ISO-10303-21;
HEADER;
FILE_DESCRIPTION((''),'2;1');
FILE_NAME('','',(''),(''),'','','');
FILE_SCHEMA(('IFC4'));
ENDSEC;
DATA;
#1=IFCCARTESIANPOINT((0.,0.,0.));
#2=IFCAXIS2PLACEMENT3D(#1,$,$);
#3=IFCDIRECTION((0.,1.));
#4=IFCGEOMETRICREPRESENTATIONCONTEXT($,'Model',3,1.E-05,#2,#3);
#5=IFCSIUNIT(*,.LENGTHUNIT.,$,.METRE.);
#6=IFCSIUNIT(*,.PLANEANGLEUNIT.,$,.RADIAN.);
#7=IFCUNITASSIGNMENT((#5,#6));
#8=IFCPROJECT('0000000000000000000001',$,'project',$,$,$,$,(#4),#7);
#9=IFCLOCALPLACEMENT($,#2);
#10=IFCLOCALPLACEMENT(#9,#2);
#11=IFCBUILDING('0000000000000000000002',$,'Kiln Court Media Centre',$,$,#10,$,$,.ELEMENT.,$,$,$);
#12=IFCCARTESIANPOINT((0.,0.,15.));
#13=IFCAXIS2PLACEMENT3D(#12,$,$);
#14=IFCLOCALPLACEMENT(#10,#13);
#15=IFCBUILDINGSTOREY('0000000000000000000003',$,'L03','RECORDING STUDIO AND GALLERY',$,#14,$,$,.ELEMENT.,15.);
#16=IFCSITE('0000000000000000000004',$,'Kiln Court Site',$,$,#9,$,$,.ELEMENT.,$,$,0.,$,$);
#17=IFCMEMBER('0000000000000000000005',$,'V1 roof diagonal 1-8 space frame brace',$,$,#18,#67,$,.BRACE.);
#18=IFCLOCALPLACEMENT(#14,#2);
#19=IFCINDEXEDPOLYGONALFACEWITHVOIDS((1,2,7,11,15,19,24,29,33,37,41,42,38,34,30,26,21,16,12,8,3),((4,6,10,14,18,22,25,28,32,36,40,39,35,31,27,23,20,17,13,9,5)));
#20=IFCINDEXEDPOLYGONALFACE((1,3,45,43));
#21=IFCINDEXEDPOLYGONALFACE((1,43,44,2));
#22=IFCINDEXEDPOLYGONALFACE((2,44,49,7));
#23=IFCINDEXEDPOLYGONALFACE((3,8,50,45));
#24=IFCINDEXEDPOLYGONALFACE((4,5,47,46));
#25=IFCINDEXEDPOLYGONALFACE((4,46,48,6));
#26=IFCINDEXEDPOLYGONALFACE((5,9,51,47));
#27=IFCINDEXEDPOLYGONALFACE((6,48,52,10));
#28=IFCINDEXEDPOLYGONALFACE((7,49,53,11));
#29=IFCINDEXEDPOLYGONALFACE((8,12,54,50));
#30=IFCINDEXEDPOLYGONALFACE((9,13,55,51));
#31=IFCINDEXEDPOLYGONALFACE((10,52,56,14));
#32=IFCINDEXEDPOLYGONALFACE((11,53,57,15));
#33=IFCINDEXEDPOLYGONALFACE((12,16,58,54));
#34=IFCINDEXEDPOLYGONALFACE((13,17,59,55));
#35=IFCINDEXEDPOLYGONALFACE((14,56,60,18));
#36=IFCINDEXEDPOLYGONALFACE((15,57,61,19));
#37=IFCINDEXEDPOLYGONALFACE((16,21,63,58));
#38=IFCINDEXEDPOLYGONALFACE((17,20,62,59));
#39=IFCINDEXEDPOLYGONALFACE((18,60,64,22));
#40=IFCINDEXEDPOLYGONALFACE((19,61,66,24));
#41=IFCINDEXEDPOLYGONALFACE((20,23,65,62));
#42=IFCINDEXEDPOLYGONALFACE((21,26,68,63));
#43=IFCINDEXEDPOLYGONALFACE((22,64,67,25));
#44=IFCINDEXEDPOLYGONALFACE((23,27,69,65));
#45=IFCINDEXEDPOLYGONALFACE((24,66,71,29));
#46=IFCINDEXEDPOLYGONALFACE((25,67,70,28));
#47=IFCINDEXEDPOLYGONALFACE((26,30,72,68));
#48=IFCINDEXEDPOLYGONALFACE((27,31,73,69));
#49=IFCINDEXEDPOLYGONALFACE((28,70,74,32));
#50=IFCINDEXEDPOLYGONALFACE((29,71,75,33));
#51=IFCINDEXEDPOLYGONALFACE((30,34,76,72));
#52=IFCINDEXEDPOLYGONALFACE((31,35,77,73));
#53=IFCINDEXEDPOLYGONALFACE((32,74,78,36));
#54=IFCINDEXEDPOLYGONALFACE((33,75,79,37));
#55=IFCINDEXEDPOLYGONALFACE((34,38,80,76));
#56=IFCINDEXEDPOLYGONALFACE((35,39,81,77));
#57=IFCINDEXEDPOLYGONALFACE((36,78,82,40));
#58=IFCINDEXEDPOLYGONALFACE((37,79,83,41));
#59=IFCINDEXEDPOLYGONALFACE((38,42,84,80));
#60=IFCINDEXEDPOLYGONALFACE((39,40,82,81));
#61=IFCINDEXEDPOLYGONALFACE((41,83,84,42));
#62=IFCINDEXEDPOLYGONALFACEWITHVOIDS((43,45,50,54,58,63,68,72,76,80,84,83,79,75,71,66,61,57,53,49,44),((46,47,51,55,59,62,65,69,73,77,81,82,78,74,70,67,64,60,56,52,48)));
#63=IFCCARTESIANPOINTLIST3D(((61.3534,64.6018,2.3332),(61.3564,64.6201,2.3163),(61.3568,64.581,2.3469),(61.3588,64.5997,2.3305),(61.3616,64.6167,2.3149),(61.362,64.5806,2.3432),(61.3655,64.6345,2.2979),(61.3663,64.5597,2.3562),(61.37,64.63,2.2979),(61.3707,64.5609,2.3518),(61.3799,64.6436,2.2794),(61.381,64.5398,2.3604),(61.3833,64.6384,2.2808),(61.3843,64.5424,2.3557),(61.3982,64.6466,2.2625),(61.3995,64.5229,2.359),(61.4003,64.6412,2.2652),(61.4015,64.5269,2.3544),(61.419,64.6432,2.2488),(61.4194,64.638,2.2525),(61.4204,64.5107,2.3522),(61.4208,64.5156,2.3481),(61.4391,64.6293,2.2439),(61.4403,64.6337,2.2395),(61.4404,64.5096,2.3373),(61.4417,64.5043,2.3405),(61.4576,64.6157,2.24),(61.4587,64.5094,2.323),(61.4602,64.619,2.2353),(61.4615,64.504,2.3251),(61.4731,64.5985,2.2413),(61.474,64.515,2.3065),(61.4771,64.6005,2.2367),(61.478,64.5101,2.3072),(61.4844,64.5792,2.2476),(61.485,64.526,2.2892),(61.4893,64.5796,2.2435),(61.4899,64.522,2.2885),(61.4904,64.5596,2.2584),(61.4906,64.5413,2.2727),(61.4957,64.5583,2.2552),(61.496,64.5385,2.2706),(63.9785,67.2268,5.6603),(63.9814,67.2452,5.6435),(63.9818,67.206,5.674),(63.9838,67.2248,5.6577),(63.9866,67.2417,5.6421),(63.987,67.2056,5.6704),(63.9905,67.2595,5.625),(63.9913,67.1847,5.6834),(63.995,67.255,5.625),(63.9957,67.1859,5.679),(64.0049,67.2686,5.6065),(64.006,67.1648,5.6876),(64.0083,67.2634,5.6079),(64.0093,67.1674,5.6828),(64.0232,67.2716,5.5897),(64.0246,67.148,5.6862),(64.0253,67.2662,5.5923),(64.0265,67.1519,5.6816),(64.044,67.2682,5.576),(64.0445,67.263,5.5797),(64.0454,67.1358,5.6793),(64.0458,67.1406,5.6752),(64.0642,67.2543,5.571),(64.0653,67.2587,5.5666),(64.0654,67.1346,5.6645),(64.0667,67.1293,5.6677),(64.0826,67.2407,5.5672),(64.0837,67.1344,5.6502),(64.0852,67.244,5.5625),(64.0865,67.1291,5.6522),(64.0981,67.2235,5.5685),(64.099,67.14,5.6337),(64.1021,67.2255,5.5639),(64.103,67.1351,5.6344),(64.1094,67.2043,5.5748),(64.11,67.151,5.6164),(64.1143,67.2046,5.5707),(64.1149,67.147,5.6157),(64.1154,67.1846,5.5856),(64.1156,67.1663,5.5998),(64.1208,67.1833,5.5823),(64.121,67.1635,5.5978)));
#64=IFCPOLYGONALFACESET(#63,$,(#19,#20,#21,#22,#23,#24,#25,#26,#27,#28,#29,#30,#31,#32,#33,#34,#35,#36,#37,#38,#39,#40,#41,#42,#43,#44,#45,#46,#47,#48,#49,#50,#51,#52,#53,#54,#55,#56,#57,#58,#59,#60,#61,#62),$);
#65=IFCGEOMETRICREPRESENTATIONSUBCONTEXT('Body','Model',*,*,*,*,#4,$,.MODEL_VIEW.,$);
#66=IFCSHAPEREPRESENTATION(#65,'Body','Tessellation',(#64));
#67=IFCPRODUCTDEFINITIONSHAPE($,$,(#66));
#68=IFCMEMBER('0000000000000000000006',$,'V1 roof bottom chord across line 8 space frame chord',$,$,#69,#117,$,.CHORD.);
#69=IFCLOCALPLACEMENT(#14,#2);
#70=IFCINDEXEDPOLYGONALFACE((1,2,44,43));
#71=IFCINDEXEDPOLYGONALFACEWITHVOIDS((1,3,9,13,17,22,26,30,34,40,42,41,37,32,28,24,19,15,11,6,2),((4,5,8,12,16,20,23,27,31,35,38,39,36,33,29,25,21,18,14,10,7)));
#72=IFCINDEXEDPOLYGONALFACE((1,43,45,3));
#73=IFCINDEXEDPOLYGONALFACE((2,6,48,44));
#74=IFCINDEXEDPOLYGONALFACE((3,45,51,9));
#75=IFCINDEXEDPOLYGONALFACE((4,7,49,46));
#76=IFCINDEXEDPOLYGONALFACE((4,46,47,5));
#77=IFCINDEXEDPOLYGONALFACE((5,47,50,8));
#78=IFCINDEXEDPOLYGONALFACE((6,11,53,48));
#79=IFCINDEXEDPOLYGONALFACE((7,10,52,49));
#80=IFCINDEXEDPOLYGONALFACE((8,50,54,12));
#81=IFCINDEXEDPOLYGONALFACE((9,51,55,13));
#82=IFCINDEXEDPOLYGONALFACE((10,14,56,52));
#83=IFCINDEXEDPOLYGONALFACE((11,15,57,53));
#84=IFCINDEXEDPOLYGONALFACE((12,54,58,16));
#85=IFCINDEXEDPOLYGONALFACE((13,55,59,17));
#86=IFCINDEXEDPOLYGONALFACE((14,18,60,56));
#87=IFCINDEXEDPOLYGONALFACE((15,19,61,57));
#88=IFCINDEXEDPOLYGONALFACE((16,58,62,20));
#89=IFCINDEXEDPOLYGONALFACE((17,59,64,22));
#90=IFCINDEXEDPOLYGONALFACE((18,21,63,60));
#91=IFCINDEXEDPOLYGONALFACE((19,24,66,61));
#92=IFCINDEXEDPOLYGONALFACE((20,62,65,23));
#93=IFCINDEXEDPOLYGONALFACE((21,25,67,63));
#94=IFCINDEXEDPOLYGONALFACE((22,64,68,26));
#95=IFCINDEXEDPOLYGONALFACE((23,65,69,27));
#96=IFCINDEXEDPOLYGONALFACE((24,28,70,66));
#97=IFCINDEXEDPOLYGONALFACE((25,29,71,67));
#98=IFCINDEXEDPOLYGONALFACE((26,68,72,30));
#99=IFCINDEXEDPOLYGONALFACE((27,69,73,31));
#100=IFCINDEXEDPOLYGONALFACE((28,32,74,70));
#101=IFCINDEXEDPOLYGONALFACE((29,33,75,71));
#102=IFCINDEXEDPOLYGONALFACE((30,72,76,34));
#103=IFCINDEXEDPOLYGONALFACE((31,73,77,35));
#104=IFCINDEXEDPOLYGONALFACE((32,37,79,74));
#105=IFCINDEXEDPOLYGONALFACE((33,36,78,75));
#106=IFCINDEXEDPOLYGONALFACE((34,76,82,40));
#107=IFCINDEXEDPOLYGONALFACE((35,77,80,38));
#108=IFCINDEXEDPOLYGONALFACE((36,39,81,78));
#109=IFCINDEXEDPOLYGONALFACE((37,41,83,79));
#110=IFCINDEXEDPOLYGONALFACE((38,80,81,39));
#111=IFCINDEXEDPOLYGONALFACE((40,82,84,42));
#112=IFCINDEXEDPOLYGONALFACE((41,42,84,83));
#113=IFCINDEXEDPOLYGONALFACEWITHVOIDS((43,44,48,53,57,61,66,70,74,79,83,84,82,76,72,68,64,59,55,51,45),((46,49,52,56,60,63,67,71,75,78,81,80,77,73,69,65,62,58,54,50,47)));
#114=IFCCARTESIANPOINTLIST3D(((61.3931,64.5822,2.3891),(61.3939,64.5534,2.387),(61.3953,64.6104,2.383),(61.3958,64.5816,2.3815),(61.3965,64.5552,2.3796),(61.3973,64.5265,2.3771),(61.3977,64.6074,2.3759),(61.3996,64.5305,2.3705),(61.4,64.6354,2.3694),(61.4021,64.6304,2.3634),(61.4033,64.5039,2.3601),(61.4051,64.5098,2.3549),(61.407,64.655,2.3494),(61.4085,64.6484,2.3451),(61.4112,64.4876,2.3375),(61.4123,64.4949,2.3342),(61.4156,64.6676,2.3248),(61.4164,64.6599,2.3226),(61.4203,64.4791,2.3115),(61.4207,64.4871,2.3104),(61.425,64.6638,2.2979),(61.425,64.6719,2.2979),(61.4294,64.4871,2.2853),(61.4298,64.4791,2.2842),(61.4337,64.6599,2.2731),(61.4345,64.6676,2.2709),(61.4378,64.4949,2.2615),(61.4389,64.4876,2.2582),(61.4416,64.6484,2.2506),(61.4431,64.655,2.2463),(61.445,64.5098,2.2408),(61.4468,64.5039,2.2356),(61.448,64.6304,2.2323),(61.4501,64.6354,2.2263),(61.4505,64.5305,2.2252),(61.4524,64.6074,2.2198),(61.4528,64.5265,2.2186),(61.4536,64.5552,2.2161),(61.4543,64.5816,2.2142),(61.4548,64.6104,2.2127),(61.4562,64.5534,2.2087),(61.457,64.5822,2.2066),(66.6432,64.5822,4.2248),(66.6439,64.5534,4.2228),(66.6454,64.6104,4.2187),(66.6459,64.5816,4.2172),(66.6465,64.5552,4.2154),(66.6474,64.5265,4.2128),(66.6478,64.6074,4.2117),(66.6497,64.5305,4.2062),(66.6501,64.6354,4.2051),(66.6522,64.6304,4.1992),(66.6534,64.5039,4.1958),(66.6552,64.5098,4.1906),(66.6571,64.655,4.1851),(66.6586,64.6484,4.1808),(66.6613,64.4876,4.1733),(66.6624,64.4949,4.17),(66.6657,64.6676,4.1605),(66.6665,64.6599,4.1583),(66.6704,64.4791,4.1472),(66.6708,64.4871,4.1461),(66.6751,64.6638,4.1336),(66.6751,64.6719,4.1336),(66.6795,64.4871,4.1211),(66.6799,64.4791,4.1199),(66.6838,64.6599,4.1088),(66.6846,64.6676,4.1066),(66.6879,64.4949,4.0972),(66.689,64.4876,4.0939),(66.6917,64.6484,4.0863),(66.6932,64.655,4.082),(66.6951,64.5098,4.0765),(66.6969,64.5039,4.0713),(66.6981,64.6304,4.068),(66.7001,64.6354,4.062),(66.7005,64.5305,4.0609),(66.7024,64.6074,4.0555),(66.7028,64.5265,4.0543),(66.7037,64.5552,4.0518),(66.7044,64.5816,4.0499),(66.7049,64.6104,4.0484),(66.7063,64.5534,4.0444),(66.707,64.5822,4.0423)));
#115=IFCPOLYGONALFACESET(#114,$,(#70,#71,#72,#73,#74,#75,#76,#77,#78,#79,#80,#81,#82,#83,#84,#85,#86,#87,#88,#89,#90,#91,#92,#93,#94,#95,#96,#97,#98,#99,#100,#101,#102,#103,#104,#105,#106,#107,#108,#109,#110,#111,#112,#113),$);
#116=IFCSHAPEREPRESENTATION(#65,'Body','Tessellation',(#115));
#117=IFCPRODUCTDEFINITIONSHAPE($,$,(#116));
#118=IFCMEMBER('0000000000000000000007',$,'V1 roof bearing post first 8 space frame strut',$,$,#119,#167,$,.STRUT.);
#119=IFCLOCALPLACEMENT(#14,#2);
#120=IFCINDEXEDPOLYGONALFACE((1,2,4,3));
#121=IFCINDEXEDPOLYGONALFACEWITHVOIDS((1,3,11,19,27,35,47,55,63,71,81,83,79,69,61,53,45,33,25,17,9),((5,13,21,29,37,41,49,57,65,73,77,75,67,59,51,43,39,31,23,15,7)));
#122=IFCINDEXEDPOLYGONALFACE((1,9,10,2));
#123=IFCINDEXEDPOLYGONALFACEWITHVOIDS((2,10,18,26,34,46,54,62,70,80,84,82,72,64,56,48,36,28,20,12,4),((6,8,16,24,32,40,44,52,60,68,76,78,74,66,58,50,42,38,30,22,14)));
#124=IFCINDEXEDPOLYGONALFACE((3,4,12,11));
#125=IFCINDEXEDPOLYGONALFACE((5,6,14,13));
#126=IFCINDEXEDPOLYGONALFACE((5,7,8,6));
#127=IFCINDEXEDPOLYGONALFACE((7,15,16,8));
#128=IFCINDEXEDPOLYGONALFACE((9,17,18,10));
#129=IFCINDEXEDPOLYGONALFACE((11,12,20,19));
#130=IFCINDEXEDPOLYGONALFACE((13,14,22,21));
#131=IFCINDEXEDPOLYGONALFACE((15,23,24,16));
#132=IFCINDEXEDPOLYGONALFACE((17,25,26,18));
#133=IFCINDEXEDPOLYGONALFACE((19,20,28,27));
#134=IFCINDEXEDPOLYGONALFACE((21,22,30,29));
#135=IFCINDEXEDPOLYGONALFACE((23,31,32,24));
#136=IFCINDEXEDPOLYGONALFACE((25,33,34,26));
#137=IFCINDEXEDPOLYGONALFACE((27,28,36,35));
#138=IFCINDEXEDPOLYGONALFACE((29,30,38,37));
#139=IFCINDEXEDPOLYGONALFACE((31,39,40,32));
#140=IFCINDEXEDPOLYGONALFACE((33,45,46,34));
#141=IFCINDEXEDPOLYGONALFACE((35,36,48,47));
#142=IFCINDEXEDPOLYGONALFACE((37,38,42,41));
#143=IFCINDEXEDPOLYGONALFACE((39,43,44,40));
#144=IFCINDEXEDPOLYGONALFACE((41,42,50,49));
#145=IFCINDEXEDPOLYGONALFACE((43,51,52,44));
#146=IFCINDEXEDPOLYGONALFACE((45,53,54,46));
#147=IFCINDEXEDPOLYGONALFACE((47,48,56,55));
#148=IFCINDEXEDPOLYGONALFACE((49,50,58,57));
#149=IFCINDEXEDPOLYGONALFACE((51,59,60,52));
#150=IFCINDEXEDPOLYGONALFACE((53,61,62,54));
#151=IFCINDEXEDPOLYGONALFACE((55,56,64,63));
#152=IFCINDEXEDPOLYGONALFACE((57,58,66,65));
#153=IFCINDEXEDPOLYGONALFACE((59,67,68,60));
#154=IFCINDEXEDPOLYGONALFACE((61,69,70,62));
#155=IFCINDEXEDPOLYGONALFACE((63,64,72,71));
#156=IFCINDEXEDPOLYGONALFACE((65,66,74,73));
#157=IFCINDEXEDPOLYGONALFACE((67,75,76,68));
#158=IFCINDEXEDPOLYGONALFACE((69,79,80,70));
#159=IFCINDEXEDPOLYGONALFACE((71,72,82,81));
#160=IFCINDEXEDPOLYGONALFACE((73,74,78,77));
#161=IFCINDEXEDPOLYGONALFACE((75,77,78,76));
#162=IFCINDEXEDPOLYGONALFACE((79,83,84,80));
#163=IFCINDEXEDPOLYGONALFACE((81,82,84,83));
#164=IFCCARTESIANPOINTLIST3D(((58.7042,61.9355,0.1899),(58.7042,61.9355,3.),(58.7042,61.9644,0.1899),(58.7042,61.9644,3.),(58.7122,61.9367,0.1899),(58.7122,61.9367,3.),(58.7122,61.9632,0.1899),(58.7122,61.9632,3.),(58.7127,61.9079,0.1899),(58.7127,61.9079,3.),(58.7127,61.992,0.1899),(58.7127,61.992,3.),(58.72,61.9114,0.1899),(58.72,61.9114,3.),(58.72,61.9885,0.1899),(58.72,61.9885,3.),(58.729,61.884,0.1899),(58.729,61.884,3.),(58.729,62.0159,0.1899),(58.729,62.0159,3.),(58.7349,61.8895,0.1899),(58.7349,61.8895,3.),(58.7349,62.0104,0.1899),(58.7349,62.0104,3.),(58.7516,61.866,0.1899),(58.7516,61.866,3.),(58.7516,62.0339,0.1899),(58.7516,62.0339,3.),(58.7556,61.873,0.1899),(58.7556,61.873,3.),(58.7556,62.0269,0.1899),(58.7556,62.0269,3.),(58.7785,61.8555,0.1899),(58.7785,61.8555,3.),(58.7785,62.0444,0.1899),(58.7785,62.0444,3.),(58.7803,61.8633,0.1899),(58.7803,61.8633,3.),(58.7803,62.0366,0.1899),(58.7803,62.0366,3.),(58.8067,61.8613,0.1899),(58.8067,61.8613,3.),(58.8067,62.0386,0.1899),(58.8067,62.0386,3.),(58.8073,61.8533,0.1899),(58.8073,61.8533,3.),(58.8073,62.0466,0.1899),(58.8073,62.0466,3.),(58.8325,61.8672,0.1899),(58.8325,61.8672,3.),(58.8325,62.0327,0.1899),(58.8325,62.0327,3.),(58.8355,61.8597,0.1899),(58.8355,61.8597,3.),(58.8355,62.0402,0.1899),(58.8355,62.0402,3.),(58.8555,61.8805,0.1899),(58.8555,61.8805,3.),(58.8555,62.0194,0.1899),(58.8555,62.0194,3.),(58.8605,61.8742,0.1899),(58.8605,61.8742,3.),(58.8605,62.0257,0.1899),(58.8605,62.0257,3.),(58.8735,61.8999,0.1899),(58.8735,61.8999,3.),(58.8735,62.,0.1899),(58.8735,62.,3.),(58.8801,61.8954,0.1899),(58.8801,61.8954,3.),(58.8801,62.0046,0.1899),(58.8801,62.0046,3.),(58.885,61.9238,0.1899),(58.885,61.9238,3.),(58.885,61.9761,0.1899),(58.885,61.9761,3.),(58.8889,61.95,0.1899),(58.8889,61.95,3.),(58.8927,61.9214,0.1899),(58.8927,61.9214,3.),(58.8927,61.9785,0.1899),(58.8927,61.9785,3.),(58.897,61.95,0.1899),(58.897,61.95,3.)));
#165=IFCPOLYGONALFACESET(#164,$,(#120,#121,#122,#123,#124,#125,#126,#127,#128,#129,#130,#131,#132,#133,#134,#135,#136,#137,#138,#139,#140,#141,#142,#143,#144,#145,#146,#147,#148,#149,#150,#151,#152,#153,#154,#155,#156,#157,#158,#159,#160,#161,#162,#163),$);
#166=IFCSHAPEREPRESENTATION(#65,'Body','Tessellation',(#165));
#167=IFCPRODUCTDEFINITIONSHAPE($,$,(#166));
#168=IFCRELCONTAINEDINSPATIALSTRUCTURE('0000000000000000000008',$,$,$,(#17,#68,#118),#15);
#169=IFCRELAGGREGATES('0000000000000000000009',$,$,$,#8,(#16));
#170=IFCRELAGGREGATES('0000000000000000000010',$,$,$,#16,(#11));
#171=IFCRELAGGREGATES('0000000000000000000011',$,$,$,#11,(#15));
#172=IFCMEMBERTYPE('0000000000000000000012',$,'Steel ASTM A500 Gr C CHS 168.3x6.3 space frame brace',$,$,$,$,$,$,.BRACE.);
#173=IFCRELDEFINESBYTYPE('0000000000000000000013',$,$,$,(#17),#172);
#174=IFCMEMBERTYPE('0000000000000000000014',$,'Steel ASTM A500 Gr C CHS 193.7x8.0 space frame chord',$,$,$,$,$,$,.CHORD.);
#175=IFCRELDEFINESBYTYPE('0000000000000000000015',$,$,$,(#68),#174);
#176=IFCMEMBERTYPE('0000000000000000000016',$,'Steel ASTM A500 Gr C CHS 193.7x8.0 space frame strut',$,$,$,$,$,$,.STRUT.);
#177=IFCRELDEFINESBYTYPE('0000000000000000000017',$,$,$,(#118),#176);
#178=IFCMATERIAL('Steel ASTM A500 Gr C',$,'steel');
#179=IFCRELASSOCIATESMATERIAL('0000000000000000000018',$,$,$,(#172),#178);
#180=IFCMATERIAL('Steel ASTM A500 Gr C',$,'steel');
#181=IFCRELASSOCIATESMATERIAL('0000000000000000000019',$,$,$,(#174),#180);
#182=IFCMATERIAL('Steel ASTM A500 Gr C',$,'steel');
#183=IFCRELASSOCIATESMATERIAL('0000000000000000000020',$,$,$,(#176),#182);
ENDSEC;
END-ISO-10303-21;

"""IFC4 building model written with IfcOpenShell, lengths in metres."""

from ifc_helpers import new_model, si_unit, direction, frame, origin, origin_2d, place, context, subcontext, project, spatial, hollow_circle, extrude, material, material_profile, profile_set, type_object, element, save


model = new_model("IFC4")

# Units and contexts
model_context = context("Model", 3, precision=1e-05, world=origin(), true_north=direction((0.0, 1.0)))
body_context = subcontext(model_context, "Body", "Model", "MODEL_VIEW")
ifc_project = project(units=[si_unit("LENGTHUNIT", "METRE"), si_unit("PLANEANGLEUNIT", "RADIAN")], contexts=[model_context])

# Site, building, storey
site_placement = place(None, origin())
site = spatial("IfcSite", under=ifc_project, at=site_placement, Name="Kiln Court Site", CompositionType="ELEMENT", RefElevation=0.0)
building_placement = place(site_placement, origin())
building = spatial("IfcBuilding", under=site, at=building_placement, Name="Kiln Court Media Centre", CompositionType="ELEMENT")
storey_placement = place(building_placement, frame((0.0, 0.0, 15.0)))
storey = spatial("IfcBuildingStorey", under=building, at=storey_placement, Name="L03", Description="RECORDING STUDIO AND GALLERY", CompositionType="ELEMENT", Elevation=15.0)

# Members
ifc_material_1 = material(Name="Steel ASTM A500 Gr C", Category="steel")
ifc_material_profile_1 = material_profile(ifc_material_1, hollow_circle(Radius=0.0842, WallThickness=0.0063, at=origin_2d()), Name="CHS 168.3x6.3")
ifc_profile_set_1 = profile_set([ifc_material_profile_1], Name="Steel ASTM A500 Gr C")
member_type_1 = type_object("IfcMemberType", Name="Steel ASTM A500 Gr C CHS 168.3x6.3 space frame brace", PredefinedType="BRACE", material=ifc_profile_set_1)
member_1_placement = place(storey_placement, frame((61.425, 64.575, 2.2979), z_axis=(0.52657, 0.52657, 0.667419), x_axis=(-0.707107, 0.707107, 0.0)))
element("IfcMember", 1, at=member_1_placement, inside=storey, type_object=member_type_1, Name="V1 roof diagonal 1-8 space frame brace", PredefinedType="BRACE", context=body_context, shape_type="SweptSolid", body=[
    extrude(hollow_circle(Radius=0.0842, WallThickness=0.0063, at=origin_2d()), origin(), (0.0, 0.0, 1.0), 4.9851),
])
ifc_material_2 = material(Name="Steel ASTM A500 Gr C", Category="steel")
ifc_material_profile_2 = material_profile(ifc_material_2, hollow_circle(Radius=0.0969, WallThickness=0.0081, at=origin_2d()), Name="CHS 193.7x8.0")
ifc_profile_set_2 = profile_set([ifc_material_profile_2], Name="Steel ASTM A500 Gr C")
member_type_2 = type_object("IfcMemberType", Name="Steel ASTM A500 Gr C CHS 193.7x8.0 space frame chord", PredefinedType="CHORD", material=ifc_profile_set_2)
member_2_placement = place(storey_placement, frame((61.425, 64.575, 2.2979), z_axis=(0.94396, 0.0, 0.330061), x_axis=(0.0, 1.0, 0.0)))
element("IfcMember", 2, at=member_2_placement, inside=storey, type_object=member_type_2, Name="V1 roof bottom chord across line 8 space frame chord", PredefinedType="CHORD", context=body_context, shape_type="SweptSolid", body=[
    extrude(hollow_circle(Radius=0.0969, WallThickness=0.0081, at=origin_2d()), origin(), (0.0, 0.0, 1.0), 5.5618),
])
ifc_material_3 = material(Name="Steel ASTM A500 Gr C", Category="steel")
ifc_material_profile_3 = material_profile(ifc_material_3, hollow_circle(Radius=0.0969, WallThickness=0.0081, at=origin_2d()), Name="CHS 193.7x8.0")
ifc_profile_set_3 = profile_set([ifc_material_profile_3], Name="Steel ASTM A500 Gr C")
member_type_3 = type_object("IfcMemberType", Name="Steel ASTM A500 Gr C CHS 193.7x8.0 space frame strut", PredefinedType="STRUT", material=ifc_profile_set_3)
for number, where, z_axis, x_axis, name in (
    (3, (58.8, 61.95, 0.1899), (0.0, 0.0, 1.0), (1.0, 0.0, 0.0), "V1 roof bearing post first 8 space frame strut"),
):
    element("IfcMember", number, at=place(storey_placement, frame(where, z_axis=z_axis, x_axis=x_axis)), inside=storey, type_object=member_type_3, Name=name, PredefinedType="STRUT", context=body_context, shape_type="SweptSolid", body=[
        extrude(hollow_circle(Radius=0.0969, WallThickness=0.0081, at=origin_2d()), origin(), (0.0, 0.0, 1.0), 2.8101),
    ])

save(model, "model.ifc")
